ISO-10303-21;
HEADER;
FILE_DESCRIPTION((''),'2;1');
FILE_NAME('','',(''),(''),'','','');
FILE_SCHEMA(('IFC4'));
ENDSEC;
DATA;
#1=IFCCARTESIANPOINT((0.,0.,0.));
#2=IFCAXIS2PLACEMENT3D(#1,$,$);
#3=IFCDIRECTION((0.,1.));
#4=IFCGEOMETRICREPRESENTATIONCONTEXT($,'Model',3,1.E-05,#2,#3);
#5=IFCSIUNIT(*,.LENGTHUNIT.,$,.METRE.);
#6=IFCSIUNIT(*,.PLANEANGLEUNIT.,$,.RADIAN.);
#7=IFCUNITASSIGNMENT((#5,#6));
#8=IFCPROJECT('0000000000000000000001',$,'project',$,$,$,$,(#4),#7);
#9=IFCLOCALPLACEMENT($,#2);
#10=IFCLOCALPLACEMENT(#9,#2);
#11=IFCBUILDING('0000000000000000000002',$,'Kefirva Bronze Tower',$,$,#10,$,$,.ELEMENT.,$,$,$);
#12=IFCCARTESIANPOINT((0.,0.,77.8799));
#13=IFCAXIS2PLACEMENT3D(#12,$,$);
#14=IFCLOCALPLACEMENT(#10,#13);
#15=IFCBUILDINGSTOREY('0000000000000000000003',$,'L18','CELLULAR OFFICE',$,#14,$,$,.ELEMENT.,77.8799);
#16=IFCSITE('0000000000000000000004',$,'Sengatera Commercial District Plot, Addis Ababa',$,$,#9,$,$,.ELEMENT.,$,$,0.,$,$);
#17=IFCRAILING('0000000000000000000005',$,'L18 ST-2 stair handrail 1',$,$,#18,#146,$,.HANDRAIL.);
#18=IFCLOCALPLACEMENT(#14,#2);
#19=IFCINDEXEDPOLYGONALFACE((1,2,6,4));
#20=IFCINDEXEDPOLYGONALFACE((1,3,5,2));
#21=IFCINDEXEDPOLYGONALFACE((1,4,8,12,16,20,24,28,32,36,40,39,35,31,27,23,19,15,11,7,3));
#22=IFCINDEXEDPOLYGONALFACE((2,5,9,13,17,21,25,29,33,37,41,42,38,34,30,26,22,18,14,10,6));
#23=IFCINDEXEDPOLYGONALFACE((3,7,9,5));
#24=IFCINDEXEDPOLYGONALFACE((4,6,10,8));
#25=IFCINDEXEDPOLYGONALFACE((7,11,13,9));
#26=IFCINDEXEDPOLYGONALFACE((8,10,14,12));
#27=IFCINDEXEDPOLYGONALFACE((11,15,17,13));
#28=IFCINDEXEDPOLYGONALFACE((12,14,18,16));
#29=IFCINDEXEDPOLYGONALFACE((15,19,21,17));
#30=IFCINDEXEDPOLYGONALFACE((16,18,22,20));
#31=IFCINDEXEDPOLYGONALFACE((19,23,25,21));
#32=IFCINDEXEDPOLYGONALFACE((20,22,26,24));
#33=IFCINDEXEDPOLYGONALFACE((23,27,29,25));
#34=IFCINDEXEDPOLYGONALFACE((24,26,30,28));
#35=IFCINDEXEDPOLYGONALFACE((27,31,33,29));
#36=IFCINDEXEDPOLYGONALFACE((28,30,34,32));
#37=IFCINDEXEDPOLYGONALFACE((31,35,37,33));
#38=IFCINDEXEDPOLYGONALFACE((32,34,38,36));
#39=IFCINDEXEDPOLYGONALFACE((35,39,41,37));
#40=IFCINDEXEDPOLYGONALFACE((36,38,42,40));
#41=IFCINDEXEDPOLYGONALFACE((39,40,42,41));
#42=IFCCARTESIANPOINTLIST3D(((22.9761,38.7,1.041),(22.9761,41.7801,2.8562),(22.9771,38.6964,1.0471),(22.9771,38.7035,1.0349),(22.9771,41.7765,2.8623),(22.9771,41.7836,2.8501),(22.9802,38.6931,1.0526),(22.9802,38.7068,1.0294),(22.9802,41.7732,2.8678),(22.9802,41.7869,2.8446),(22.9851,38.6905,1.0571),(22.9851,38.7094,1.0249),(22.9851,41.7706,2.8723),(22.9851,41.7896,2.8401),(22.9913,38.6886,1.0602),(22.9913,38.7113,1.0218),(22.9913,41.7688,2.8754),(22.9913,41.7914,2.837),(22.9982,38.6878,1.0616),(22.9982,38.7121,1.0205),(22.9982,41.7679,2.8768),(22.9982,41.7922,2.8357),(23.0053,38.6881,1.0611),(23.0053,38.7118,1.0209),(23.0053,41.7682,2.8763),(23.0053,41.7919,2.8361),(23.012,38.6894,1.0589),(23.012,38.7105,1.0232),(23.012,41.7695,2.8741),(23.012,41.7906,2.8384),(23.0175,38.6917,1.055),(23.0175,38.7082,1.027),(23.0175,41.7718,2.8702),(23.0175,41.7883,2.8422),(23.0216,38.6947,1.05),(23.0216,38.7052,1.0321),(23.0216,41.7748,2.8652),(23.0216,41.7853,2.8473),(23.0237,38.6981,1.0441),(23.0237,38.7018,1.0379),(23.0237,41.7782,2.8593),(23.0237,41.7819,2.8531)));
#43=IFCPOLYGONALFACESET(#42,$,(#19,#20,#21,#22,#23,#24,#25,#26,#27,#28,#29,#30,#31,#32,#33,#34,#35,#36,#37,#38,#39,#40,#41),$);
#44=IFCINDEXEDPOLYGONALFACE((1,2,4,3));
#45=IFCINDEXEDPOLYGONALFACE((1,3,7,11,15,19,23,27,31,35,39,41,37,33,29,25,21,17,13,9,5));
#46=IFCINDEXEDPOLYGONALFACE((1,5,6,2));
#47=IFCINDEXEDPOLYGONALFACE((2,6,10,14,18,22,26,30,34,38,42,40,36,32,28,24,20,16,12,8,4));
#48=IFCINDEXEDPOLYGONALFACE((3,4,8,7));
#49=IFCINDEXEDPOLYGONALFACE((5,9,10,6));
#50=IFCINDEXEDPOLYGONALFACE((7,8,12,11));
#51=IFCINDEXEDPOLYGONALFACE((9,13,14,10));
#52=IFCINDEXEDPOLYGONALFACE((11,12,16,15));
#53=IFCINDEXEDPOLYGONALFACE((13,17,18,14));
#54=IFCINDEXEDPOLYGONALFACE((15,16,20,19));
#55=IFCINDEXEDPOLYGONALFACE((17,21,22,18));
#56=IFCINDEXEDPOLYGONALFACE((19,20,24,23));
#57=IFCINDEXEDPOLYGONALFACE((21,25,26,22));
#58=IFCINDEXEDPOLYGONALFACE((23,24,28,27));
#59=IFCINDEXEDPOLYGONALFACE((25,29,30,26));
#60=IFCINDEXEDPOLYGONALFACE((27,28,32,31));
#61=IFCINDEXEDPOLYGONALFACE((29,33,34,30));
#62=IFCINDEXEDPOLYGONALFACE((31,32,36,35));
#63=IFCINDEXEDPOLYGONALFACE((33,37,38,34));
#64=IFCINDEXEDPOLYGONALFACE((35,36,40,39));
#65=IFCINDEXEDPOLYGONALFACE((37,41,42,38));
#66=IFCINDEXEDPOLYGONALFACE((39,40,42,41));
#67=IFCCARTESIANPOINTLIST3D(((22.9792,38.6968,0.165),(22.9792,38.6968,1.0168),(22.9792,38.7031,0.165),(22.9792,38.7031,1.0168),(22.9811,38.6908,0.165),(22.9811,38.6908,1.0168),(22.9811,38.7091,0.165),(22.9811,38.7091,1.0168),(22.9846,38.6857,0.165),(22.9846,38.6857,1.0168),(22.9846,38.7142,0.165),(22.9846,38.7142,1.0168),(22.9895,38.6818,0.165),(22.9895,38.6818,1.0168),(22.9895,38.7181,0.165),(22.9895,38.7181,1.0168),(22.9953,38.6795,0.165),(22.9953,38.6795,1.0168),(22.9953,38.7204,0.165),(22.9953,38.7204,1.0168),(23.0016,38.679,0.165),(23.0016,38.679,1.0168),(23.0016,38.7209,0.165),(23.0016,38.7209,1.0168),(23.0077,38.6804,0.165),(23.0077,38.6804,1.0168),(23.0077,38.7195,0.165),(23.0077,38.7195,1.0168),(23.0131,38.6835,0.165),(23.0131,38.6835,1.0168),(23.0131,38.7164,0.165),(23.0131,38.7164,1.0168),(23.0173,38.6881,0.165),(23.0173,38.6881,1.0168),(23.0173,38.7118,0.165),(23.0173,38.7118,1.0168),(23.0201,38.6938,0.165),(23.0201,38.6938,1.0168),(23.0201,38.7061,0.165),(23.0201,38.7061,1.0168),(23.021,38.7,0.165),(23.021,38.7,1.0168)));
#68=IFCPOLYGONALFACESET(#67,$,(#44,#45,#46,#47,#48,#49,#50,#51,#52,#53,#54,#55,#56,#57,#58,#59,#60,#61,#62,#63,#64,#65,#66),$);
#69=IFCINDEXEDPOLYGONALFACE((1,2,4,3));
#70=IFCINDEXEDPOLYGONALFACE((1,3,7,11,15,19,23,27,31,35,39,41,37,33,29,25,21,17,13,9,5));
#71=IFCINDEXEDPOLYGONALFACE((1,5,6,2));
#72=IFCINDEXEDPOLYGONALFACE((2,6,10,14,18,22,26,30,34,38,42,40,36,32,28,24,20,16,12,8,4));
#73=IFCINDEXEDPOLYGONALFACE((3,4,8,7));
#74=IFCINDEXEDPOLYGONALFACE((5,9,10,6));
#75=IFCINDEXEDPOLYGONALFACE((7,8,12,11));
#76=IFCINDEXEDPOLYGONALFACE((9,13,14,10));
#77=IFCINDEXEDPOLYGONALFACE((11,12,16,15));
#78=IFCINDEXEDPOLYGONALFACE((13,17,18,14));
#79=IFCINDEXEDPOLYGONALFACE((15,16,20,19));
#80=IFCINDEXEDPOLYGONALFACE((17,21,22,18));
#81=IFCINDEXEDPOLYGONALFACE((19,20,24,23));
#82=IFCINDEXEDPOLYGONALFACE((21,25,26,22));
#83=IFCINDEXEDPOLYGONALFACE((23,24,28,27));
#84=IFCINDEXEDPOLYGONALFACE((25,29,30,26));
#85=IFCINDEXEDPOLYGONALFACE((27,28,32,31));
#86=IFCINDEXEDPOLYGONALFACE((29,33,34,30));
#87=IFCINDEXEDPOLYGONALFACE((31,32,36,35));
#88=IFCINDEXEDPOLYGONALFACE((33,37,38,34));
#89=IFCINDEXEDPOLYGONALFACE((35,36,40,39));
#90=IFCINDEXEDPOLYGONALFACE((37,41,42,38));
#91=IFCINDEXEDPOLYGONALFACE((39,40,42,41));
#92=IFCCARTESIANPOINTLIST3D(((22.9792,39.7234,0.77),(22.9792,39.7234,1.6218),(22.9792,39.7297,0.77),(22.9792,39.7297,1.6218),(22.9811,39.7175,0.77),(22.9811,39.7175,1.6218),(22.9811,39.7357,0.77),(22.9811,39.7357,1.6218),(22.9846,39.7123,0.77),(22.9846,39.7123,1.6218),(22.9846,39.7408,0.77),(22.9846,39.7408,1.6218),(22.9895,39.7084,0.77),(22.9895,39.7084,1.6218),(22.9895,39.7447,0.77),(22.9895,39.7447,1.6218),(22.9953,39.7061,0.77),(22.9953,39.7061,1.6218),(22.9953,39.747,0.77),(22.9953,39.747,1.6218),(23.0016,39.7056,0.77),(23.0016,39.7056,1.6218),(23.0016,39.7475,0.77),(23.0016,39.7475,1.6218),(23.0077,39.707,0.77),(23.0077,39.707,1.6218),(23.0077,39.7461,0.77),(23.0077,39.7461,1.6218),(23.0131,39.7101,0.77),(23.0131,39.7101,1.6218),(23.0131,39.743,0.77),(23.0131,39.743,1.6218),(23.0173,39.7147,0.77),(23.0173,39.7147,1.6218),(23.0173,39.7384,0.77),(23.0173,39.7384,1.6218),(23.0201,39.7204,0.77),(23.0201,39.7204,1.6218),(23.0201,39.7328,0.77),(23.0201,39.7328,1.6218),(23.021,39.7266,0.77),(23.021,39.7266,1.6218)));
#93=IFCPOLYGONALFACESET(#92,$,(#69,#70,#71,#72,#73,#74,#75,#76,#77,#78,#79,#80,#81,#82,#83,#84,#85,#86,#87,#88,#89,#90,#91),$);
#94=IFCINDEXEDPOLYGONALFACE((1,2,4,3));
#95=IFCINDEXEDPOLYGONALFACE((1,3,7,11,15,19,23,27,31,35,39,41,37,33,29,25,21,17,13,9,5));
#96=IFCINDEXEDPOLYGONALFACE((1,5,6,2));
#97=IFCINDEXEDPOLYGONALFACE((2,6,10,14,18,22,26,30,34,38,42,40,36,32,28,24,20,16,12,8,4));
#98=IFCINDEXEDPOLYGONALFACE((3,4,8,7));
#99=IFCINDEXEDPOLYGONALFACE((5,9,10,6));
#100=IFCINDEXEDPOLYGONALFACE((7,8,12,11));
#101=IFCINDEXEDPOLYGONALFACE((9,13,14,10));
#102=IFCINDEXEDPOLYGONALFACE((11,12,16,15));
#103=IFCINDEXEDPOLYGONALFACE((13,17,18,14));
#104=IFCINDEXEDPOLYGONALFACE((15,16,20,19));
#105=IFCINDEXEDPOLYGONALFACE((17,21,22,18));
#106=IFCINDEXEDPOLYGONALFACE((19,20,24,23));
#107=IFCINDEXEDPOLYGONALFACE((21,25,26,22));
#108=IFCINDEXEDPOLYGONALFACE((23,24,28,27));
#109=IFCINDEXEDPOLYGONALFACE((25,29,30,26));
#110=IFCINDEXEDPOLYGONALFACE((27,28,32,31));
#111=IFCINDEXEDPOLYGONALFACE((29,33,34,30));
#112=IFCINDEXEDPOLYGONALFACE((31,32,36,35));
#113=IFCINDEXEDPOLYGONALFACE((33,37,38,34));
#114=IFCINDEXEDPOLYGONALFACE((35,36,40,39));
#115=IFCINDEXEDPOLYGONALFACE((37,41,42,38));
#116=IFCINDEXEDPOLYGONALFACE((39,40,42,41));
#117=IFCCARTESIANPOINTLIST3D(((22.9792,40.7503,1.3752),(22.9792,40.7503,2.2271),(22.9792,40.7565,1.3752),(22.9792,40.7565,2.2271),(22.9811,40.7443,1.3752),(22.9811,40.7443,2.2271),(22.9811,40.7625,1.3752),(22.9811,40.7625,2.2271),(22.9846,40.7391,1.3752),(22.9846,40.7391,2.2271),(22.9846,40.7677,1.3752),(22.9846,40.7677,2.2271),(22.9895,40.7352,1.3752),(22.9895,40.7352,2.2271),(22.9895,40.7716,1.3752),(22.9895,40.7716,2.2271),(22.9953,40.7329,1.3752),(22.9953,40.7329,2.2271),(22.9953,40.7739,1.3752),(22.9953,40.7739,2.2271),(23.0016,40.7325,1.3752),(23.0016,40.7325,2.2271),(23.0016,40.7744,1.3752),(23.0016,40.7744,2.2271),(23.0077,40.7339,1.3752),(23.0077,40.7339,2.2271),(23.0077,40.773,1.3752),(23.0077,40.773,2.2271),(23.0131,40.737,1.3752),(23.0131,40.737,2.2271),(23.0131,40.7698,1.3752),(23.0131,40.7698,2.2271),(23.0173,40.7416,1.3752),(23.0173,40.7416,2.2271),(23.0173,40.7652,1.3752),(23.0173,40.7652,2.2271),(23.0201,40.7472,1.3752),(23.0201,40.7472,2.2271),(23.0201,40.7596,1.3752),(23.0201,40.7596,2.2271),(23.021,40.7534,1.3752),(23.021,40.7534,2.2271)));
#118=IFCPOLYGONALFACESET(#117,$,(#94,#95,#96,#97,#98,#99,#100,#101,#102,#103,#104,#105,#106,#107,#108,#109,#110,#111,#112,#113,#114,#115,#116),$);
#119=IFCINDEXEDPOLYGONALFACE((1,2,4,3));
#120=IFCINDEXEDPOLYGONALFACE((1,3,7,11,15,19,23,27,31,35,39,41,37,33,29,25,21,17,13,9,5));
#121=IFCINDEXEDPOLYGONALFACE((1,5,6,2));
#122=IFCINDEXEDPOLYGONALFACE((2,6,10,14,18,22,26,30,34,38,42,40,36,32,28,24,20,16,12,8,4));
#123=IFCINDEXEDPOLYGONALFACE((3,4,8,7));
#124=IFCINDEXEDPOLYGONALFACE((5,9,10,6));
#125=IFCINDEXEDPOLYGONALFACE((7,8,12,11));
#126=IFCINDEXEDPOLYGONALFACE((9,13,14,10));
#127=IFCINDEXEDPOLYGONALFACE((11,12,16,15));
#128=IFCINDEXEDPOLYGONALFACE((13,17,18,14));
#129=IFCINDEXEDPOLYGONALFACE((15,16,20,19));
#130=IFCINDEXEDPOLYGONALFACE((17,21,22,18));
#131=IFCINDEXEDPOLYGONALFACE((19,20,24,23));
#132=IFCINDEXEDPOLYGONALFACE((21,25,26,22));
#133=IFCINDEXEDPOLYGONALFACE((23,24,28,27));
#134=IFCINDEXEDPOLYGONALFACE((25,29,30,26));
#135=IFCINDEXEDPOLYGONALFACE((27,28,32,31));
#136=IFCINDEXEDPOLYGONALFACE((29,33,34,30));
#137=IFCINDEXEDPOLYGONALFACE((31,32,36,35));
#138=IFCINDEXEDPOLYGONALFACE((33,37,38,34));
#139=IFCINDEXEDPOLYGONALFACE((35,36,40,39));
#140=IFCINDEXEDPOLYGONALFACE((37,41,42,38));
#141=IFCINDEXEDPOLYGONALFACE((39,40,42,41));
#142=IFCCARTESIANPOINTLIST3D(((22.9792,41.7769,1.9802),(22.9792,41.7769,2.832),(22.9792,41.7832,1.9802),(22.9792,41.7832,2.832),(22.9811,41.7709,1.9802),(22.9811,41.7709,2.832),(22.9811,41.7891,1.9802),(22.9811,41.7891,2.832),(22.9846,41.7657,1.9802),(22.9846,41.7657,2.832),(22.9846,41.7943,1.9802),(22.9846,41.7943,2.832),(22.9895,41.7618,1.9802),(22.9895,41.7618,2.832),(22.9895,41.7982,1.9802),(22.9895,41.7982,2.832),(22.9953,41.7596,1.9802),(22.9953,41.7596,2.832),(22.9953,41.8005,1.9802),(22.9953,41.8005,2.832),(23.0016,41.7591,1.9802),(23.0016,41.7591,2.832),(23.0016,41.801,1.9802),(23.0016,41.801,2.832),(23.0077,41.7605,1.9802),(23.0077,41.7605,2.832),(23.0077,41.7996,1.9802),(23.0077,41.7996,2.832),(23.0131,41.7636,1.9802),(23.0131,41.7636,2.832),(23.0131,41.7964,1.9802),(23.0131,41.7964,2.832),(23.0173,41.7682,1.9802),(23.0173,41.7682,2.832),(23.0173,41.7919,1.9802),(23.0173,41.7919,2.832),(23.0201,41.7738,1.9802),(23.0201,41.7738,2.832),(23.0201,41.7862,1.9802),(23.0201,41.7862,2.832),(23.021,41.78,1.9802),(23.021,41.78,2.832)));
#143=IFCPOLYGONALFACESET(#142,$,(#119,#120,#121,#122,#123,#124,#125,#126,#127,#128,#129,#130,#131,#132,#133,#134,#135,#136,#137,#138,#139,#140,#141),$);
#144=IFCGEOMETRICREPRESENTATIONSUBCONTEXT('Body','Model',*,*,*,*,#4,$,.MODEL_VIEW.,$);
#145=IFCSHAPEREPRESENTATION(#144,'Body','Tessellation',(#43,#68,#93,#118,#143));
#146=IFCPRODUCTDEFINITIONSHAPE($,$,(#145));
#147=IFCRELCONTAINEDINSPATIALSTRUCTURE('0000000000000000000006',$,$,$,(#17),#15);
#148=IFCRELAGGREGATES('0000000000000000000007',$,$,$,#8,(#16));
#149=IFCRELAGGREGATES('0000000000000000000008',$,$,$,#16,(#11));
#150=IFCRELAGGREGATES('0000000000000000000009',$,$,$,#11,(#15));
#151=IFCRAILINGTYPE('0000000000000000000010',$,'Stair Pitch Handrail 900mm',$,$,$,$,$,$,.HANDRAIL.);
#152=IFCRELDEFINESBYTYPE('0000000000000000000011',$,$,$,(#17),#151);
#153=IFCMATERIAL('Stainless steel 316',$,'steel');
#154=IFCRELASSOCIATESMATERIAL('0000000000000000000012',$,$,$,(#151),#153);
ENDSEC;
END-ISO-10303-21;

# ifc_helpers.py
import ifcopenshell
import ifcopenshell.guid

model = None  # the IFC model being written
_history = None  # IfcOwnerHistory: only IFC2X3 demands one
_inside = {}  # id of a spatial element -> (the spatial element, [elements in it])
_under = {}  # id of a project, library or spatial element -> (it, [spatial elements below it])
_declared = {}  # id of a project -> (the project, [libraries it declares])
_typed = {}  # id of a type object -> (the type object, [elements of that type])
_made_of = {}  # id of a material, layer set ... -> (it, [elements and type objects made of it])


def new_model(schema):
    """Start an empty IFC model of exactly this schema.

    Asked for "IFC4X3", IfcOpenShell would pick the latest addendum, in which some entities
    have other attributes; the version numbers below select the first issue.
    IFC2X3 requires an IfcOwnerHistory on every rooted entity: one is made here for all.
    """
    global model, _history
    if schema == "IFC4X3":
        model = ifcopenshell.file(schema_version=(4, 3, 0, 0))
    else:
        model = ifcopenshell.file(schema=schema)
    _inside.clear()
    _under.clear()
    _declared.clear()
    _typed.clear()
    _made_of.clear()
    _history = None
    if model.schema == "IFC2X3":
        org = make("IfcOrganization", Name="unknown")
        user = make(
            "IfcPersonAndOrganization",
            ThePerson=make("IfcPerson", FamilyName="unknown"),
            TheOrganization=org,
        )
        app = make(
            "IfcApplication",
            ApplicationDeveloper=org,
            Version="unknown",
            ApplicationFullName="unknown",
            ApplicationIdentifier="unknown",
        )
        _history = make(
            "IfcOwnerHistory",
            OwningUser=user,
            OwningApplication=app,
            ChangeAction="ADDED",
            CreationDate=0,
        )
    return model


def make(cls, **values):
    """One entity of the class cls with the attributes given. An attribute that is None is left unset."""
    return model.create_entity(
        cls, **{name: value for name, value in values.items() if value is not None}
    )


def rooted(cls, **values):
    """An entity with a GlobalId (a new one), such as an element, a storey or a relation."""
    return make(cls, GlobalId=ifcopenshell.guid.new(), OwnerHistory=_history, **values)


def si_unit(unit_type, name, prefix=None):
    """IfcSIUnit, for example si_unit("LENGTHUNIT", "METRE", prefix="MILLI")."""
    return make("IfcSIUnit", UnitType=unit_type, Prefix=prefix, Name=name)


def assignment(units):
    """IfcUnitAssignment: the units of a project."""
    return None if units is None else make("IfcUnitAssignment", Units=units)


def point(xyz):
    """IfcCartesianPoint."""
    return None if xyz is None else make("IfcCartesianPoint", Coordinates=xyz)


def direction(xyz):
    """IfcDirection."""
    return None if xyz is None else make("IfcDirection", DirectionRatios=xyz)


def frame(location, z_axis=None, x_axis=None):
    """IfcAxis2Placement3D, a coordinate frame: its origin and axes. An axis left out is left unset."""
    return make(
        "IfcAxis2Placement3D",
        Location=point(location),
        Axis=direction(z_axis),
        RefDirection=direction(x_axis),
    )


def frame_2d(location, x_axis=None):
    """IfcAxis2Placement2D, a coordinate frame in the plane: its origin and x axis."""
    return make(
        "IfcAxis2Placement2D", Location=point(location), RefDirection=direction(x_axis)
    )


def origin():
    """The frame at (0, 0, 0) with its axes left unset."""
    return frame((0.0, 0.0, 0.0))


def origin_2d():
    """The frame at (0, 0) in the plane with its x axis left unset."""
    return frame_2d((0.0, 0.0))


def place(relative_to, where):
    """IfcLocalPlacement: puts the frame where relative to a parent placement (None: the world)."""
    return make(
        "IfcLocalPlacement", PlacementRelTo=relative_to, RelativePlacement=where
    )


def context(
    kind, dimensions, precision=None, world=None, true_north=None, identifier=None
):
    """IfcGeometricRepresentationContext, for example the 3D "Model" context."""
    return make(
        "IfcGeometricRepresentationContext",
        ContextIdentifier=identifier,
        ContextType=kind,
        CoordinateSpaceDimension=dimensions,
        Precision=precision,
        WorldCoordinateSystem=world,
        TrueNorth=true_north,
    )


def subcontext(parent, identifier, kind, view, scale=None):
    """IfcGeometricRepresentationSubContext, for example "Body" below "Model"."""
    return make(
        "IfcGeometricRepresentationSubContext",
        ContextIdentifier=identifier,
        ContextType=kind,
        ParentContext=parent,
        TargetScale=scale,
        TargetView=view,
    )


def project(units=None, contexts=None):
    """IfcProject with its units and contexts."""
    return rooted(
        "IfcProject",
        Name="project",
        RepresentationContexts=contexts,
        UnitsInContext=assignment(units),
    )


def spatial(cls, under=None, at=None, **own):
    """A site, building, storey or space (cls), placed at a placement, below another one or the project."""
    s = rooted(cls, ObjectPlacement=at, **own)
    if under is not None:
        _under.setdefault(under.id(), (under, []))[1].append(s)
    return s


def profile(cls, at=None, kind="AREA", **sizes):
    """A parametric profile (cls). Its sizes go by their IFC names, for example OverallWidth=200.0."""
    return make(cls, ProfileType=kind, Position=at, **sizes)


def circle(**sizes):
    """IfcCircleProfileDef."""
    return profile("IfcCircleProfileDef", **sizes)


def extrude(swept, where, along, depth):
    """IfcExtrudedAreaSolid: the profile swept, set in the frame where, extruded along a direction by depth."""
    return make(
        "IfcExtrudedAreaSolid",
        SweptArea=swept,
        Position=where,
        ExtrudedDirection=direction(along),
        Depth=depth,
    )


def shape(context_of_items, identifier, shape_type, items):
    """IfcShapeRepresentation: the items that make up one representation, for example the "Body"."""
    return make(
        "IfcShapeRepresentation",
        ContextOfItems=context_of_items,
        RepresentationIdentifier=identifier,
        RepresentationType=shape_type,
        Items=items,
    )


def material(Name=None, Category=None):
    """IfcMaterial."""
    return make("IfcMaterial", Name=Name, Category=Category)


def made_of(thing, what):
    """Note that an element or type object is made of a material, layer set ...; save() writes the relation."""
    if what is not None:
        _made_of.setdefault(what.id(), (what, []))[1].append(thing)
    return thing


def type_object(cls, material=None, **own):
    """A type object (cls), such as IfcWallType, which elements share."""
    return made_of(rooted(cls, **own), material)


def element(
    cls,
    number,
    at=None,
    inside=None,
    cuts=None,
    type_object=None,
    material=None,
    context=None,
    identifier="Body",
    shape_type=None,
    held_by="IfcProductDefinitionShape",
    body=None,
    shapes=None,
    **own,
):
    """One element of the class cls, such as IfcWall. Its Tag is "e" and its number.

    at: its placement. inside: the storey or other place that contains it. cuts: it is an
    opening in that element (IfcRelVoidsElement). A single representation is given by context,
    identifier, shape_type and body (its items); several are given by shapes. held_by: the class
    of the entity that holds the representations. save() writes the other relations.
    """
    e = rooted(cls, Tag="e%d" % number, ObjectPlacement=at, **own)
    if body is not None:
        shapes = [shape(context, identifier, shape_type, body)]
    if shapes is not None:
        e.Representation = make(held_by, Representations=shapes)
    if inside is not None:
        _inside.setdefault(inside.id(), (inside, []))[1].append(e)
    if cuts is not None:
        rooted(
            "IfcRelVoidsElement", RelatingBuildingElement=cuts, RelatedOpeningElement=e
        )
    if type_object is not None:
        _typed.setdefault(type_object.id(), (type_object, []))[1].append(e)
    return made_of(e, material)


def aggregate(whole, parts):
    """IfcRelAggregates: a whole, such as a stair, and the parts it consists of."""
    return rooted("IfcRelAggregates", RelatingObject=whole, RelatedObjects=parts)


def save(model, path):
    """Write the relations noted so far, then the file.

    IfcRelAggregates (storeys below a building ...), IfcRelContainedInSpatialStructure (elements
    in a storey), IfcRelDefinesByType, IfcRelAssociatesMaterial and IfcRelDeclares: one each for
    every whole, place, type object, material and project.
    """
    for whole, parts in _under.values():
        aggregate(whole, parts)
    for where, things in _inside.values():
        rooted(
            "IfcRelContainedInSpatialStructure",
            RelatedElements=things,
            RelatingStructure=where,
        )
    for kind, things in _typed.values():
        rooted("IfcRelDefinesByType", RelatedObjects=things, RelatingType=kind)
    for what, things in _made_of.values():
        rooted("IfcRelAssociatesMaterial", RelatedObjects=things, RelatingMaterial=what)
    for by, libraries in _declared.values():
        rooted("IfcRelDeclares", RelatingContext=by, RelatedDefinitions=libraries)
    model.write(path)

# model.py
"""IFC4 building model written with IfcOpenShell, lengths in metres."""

from ifc_helpers import new_model, si_unit, direction, frame, origin, origin_2d, place, context, subcontext, project, spatial, circle, extrude, material, type_object, element, save


model = new_model("IFC4")

# Units and contexts
model_context = context("Model", 3, precision=1e-05, world=origin(), true_north=direction((0.0, 1.0)))
body_context = subcontext(model_context, "Body", "Model", "MODEL_VIEW")
ifc_project = project(units=[si_unit("LENGTHUNIT", "METRE"), si_unit("PLANEANGLEUNIT", "RADIAN")], contexts=[model_context])

# Site, building, storey
site_placement = place(None, origin())
site = spatial("IfcSite", under=ifc_project, at=site_placement, Name="Sengatera Commercial District Plot, Addis Ababa", CompositionType="ELEMENT", RefElevation=0.0)
building_placement = place(site_placement, origin())
building = spatial("IfcBuilding", under=site, at=building_placement, Name="Kefirva Bronze Tower", CompositionType="ELEMENT")
storey_placement = place(building_placement, frame((0.0, 0.0, 77.8799)))
storey = spatial("IfcBuildingStorey", under=building, at=storey_placement, Name="L18", Description="CELLULAR OFFICE", CompositionType="ELEMENT", Elevation=77.8799)

# Railing
ifc_material_1 = material(Name="Stainless steel 316", Category="steel")
railing_type_1 = type_object("IfcRailingType", Name="Stair Pitch Handrail 900mm", PredefinedType="HANDRAIL", material=ifc_material_1)
railing_1_placement = place(storey_placement, frame((23.0, 38.7, 0.165)))
element("IfcRailing", 1, at=railing_1_placement, inside=storey, type_object=railing_type_1, Name="L18 ST-2 stair handrail 1", PredefinedType="HANDRAIL", context=body_context, shape_type="SweptSolid", body=[
    extrude(circle(Radius=0.0239, at=origin_2d()), frame((0.0, 0.0, 0.876), z_axis=(0.0, 0.861521, 0.507721), x_axis=(-1.0, 0.0, 0.0)), (0.0, 0.0, 1.0), 3.5752),
    extrude(circle(Radius=0.021, at=origin_2d()), origin(), (0.0, 0.0, 1.0), 0.8518),
    extrude(circle(Radius=0.021, at=origin_2d()), frame((0.0, 1.0266, 0.605)), (0.0, 0.0, 1.0), 0.8518),
    extrude(circle(Radius=0.021, at=origin_2d()), frame((0.0, 2.0535, 1.2102)), (0.0, 0.0, 1.0), 0.8518),
    extrude(circle(Radius=0.021, at=origin_2d()), frame((0.0, 3.0801, 1.8152)), (0.0, 0.0, 1.0), 0.8518),
])

save(model, "model.ifc")
